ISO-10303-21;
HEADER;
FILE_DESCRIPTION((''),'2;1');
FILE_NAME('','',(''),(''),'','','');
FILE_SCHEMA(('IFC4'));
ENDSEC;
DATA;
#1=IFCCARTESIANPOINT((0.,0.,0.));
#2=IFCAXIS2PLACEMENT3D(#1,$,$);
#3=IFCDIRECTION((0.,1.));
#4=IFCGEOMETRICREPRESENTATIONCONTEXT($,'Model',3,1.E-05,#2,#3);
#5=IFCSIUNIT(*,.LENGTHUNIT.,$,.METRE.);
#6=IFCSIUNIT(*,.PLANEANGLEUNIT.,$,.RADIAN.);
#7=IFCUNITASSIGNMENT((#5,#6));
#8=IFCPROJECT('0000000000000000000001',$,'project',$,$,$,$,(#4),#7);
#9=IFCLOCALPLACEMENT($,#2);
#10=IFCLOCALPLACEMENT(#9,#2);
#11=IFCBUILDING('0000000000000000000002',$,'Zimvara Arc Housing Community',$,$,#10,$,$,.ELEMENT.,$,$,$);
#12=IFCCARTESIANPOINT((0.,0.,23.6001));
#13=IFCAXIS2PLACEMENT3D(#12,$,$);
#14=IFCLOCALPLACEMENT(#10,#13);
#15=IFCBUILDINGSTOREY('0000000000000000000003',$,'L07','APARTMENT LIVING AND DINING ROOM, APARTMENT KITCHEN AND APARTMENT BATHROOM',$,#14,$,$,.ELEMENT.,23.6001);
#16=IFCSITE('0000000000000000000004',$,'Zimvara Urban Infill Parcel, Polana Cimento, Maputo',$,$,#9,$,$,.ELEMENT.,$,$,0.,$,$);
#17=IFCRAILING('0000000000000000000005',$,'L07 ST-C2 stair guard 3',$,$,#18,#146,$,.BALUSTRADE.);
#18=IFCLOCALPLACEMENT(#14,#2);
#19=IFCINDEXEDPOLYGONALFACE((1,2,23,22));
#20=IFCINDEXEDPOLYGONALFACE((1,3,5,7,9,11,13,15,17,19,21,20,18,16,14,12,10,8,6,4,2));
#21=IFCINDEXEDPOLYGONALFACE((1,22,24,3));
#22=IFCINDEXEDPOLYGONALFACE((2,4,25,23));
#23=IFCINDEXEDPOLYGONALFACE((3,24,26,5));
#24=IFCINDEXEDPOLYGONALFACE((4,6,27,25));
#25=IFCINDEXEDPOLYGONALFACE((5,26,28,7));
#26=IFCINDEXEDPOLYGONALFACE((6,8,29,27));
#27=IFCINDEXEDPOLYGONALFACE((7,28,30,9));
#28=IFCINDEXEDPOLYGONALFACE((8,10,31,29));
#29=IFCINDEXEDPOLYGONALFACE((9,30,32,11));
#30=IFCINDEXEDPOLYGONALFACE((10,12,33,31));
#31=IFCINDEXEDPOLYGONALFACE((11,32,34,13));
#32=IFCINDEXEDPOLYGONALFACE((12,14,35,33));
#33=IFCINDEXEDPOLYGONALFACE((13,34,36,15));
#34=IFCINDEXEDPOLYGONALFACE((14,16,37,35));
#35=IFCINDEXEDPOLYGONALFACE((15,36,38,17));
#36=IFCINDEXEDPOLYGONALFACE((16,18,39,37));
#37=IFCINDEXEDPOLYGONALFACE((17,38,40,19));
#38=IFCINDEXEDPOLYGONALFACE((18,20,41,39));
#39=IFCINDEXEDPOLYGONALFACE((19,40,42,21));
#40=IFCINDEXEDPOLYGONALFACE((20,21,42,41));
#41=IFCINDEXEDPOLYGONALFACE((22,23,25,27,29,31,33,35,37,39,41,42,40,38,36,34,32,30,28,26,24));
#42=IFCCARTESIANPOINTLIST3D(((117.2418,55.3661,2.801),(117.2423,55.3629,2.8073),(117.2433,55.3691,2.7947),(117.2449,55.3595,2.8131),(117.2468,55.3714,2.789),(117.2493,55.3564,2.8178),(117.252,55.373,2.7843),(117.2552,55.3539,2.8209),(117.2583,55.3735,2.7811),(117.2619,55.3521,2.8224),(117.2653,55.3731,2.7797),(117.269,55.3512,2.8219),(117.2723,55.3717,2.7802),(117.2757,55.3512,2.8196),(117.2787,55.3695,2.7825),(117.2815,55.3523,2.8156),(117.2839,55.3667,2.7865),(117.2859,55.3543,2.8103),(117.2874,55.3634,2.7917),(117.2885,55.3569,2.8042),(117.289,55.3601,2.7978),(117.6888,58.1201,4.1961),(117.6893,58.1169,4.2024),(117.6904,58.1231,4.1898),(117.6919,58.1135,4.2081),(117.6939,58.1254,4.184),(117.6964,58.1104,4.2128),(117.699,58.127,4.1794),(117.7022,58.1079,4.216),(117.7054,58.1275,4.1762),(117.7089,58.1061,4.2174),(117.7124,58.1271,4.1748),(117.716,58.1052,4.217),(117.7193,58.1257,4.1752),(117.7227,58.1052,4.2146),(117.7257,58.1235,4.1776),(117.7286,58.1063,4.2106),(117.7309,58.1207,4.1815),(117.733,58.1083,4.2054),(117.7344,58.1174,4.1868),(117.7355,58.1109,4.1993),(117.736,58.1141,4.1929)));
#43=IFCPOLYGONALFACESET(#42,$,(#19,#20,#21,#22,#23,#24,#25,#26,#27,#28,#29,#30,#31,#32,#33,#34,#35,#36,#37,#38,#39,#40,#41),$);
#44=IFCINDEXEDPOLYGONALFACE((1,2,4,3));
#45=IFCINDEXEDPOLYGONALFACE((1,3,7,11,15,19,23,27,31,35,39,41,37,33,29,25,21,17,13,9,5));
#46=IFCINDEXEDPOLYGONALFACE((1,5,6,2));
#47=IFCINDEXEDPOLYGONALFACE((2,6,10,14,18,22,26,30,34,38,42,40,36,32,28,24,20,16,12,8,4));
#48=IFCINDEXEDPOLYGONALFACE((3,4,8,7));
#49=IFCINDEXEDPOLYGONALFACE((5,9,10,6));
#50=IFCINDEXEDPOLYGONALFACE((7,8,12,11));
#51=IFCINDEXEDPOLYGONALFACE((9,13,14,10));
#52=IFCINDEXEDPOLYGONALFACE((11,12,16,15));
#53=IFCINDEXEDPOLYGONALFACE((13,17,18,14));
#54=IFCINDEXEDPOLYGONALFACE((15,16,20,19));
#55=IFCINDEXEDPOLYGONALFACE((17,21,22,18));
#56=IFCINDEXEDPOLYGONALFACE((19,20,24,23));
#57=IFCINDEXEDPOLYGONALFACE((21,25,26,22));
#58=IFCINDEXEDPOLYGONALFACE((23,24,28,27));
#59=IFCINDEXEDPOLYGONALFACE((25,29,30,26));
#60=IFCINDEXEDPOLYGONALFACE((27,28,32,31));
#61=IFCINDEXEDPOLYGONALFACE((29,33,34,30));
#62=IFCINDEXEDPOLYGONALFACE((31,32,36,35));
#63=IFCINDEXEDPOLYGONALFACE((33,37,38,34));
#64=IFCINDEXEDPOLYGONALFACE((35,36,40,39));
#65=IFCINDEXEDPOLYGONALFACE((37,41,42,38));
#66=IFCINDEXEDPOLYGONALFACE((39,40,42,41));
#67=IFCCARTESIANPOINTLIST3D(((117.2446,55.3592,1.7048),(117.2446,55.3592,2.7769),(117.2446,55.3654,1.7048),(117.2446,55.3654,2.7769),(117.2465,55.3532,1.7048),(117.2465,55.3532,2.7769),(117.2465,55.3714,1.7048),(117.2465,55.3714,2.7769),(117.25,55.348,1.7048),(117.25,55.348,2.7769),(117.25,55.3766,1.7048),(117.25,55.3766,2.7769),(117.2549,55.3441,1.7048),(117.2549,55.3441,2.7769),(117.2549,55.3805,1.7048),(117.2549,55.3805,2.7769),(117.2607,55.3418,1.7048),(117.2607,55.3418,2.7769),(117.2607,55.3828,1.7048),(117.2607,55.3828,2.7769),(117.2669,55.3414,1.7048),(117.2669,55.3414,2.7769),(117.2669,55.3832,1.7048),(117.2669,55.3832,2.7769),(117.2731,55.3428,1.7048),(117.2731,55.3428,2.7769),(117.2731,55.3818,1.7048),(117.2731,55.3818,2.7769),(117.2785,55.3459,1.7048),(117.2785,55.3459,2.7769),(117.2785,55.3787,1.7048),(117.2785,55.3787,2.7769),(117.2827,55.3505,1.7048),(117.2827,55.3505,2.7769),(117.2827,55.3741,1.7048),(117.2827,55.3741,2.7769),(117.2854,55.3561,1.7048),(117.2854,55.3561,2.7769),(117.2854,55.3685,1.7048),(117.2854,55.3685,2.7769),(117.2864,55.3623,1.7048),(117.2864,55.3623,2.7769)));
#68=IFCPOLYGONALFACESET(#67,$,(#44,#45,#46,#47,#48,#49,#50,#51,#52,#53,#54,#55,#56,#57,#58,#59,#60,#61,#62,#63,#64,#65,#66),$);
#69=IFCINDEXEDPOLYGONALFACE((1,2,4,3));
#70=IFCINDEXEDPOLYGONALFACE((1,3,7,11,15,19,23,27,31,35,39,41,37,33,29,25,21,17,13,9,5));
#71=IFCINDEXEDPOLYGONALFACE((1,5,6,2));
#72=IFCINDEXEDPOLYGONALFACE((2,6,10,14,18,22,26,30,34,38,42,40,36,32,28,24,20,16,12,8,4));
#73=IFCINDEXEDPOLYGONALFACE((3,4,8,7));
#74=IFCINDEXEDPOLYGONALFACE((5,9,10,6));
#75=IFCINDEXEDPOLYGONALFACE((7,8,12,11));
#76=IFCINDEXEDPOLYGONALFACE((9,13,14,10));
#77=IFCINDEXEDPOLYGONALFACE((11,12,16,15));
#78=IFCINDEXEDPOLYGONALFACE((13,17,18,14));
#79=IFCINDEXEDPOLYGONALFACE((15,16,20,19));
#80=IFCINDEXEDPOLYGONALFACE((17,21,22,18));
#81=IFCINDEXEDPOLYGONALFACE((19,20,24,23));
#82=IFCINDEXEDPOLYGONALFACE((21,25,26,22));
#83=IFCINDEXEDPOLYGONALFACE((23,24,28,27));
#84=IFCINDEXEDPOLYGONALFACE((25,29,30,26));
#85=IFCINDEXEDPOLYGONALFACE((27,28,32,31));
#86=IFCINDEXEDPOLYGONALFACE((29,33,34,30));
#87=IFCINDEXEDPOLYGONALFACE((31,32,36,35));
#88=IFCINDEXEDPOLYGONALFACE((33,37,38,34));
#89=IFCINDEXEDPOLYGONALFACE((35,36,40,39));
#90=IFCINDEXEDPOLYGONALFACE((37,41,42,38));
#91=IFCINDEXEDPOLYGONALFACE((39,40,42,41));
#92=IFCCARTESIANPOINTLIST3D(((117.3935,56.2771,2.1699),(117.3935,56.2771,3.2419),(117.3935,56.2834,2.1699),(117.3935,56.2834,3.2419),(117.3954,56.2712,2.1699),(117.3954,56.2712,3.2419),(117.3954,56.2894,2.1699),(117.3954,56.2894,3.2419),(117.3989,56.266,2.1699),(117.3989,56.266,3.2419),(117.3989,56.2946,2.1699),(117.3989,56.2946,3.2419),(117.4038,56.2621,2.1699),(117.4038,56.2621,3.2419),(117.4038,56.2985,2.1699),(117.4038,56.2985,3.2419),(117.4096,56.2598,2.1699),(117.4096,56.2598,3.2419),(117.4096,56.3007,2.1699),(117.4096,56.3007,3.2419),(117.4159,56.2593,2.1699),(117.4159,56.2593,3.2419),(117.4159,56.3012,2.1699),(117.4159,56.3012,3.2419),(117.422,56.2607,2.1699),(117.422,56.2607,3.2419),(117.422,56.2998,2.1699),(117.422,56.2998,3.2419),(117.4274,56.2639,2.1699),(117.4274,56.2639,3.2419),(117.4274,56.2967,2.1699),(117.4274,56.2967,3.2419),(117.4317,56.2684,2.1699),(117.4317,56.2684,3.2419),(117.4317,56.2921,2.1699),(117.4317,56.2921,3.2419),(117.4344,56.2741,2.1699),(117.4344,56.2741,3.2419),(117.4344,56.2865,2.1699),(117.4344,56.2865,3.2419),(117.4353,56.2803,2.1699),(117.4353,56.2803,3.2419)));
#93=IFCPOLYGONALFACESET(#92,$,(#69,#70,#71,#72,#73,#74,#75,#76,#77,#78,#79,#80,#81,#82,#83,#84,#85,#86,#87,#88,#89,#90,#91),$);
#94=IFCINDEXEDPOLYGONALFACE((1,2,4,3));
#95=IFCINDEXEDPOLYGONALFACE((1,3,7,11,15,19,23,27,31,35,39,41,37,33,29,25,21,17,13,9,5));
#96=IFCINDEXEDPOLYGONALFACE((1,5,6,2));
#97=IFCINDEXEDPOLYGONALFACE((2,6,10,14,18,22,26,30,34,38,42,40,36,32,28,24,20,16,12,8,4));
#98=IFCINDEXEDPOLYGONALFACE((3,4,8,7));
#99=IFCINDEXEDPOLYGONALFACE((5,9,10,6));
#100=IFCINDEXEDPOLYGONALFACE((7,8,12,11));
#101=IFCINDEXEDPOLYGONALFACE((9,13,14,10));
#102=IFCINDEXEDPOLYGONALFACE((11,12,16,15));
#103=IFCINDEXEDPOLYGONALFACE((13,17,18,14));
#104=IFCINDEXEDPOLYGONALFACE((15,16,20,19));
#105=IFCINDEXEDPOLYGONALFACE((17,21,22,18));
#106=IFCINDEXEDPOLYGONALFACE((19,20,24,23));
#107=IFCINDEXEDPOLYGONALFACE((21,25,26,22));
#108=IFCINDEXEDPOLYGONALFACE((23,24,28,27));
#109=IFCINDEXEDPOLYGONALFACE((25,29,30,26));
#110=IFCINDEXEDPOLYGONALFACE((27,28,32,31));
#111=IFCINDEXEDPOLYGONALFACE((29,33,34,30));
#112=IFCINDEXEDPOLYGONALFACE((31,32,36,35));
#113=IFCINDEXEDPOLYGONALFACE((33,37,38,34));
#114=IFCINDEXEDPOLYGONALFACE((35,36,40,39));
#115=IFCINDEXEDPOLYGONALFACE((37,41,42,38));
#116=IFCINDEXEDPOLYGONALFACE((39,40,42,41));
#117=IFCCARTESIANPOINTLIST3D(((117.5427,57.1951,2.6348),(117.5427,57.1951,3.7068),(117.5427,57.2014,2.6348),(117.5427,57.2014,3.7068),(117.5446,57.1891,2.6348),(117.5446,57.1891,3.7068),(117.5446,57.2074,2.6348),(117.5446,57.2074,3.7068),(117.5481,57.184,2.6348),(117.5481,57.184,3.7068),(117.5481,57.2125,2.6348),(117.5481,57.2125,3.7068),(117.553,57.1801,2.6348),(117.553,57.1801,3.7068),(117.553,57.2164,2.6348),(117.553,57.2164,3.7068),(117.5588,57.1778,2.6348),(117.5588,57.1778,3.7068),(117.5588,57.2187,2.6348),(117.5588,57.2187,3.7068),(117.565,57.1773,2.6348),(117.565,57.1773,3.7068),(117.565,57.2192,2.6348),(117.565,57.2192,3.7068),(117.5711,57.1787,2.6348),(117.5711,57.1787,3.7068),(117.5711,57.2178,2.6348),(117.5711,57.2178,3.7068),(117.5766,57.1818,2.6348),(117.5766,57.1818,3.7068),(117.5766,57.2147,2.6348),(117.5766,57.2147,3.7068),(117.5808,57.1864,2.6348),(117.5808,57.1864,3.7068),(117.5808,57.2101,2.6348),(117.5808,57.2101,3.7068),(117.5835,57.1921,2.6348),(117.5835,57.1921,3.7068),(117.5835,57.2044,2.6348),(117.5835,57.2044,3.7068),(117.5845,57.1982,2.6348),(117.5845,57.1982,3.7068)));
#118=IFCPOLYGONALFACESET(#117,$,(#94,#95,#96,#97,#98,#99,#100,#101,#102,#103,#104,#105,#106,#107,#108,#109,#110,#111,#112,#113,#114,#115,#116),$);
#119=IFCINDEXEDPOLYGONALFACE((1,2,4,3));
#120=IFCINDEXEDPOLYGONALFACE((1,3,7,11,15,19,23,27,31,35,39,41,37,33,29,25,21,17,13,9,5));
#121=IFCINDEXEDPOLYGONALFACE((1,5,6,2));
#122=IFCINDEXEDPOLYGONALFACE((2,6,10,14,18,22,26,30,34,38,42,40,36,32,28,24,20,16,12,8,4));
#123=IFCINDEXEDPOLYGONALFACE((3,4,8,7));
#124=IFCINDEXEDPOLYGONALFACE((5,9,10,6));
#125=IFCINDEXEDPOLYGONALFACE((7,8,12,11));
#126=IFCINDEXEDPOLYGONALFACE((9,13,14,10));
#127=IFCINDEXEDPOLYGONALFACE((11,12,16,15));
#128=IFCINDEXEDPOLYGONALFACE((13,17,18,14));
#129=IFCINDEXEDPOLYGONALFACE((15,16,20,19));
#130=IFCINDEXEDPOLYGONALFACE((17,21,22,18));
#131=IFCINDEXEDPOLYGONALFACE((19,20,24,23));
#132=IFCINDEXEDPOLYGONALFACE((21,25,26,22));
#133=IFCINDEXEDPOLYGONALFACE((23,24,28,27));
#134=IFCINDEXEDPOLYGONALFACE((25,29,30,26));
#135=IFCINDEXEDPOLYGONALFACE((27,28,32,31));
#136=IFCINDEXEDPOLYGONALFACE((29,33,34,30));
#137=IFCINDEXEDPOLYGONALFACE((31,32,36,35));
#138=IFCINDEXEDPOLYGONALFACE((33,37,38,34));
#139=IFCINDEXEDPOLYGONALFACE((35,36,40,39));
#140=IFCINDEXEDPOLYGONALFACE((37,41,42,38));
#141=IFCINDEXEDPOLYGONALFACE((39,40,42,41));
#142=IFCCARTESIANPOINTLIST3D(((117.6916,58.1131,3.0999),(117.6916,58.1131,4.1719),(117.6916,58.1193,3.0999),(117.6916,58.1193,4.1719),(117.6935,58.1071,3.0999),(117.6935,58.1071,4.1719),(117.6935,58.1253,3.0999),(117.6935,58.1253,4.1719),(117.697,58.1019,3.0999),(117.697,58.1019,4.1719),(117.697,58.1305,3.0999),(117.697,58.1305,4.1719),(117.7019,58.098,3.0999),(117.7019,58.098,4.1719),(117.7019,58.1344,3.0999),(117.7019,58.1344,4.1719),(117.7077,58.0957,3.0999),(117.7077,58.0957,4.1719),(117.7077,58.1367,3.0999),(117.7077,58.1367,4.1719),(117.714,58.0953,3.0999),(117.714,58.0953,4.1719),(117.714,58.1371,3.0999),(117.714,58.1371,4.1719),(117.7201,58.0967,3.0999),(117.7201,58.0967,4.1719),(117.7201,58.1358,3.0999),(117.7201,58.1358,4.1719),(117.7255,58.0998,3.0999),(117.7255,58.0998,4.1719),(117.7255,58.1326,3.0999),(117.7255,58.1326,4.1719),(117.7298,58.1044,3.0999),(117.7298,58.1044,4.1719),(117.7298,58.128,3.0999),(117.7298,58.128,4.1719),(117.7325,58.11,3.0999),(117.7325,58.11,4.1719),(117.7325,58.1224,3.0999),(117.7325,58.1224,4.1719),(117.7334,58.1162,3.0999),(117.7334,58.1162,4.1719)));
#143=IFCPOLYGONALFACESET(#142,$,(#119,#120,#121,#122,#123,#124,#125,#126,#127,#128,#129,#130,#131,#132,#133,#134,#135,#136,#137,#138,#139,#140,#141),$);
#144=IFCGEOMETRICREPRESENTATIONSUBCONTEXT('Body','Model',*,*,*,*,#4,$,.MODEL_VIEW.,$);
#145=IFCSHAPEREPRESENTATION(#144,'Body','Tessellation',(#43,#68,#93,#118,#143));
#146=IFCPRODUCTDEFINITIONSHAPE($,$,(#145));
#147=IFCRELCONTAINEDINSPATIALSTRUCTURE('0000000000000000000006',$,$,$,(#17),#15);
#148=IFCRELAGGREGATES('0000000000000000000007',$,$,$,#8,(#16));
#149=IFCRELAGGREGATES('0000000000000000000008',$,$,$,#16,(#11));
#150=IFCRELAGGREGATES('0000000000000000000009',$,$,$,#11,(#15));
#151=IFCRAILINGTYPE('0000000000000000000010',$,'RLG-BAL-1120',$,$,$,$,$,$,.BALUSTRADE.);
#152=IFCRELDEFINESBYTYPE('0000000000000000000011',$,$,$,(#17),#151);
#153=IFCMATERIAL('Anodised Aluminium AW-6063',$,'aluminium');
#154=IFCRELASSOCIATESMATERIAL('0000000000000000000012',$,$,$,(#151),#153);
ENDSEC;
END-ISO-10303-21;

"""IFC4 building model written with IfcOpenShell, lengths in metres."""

from ifc_helpers import new_model, si_unit, direction, frame, origin, origin_2d, place, context, subcontext, project, spatial, circle, extrude, material, type_object, element, save


model = new_model("IFC4")

# Units and contexts
model_context = context("Model", 3, precision=1e-05, world=origin(), true_north=direction((0.0, 1.0)))
body_context = subcontext(model_context, "Body", "Model", "MODEL_VIEW")
ifc_project = project(units=[si_unit("LENGTHUNIT", "METRE"), si_unit("PLANEANGLEUNIT", "RADIAN")], contexts=[model_context])

# Site, building, storey
site_placement = place(None, origin())
site = spatial("IfcSite", under=ifc_project, at=site_placement, Name="Zimvara Urban Infill Parcel, Polana Cimento, Maputo", CompositionType="ELEMENT", RefElevation=0.0)
building_placement = place(site_placement, origin())
building = spatial("IfcBuilding", under=site, at=building_placement, Name="Zimvara Arc Housing Community", CompositionType="ELEMENT")
storey_placement = place(building_placement, frame((0.0, 0.0, 23.6001)))
storey = spatial("IfcBuildingStorey", under=building, at=storey_placement, Name="L07", Description="APARTMENT LIVING AND DINING ROOM, APARTMENT KITCHEN AND APARTMENT BATHROOM", CompositionType="ELEMENT", Elevation=23.6001)

# Railing
ifc_material_1 = material(Name="Anodised Aluminium AW-6063", Category="aluminium")
railing_type_1 = type_object("IfcRailingType", Name="RLG-BAL-1120", PredefinedType="BALUSTRADE", material=ifc_material_1)
railing_1_placement = place(storey_placement, frame((117.2654, 55.3623, 1.7048)))
element("IfcRailing", 1, at=railing_1_placement, inside=storey, type_object=railing_type_1, Name="L07 ST-C2 stair guard 3", PredefinedType="BALUSTRADE", context=body_context, shape_type="SweptSolid", body=[
    extrude(circle(Radius=0.0239, at=origin_2d()), frame((0.0, 0.0, 1.0962), z_axis=(0.143309, 0.882866, 0.447225), x_axis=(-0.98708, 0.160226, 0.0)), (0.0, 0.0, 1.0), 3.1194),
    extrude(circle(Radius=0.021, at=origin_2d()), origin(), (0.0, 0.0, 1.0), 1.072),
    extrude(circle(Radius=0.021, at=origin_2d()), frame((0.1489, 0.918, 0.4651)), (0.0, 0.0, 1.0), 1.072),
    extrude(circle(Radius=0.021, at=origin_2d()), frame((0.2981, 1.8359, 0.9299)), (0.0, 0.0, 1.0), 1.072),
    extrude(circle(Radius=0.021, at=origin_2d()), frame((0.447, 2.7539, 1.395)), (0.0, 0.0, 1.0), 1.072),
])

save(model, "model.ifc")
